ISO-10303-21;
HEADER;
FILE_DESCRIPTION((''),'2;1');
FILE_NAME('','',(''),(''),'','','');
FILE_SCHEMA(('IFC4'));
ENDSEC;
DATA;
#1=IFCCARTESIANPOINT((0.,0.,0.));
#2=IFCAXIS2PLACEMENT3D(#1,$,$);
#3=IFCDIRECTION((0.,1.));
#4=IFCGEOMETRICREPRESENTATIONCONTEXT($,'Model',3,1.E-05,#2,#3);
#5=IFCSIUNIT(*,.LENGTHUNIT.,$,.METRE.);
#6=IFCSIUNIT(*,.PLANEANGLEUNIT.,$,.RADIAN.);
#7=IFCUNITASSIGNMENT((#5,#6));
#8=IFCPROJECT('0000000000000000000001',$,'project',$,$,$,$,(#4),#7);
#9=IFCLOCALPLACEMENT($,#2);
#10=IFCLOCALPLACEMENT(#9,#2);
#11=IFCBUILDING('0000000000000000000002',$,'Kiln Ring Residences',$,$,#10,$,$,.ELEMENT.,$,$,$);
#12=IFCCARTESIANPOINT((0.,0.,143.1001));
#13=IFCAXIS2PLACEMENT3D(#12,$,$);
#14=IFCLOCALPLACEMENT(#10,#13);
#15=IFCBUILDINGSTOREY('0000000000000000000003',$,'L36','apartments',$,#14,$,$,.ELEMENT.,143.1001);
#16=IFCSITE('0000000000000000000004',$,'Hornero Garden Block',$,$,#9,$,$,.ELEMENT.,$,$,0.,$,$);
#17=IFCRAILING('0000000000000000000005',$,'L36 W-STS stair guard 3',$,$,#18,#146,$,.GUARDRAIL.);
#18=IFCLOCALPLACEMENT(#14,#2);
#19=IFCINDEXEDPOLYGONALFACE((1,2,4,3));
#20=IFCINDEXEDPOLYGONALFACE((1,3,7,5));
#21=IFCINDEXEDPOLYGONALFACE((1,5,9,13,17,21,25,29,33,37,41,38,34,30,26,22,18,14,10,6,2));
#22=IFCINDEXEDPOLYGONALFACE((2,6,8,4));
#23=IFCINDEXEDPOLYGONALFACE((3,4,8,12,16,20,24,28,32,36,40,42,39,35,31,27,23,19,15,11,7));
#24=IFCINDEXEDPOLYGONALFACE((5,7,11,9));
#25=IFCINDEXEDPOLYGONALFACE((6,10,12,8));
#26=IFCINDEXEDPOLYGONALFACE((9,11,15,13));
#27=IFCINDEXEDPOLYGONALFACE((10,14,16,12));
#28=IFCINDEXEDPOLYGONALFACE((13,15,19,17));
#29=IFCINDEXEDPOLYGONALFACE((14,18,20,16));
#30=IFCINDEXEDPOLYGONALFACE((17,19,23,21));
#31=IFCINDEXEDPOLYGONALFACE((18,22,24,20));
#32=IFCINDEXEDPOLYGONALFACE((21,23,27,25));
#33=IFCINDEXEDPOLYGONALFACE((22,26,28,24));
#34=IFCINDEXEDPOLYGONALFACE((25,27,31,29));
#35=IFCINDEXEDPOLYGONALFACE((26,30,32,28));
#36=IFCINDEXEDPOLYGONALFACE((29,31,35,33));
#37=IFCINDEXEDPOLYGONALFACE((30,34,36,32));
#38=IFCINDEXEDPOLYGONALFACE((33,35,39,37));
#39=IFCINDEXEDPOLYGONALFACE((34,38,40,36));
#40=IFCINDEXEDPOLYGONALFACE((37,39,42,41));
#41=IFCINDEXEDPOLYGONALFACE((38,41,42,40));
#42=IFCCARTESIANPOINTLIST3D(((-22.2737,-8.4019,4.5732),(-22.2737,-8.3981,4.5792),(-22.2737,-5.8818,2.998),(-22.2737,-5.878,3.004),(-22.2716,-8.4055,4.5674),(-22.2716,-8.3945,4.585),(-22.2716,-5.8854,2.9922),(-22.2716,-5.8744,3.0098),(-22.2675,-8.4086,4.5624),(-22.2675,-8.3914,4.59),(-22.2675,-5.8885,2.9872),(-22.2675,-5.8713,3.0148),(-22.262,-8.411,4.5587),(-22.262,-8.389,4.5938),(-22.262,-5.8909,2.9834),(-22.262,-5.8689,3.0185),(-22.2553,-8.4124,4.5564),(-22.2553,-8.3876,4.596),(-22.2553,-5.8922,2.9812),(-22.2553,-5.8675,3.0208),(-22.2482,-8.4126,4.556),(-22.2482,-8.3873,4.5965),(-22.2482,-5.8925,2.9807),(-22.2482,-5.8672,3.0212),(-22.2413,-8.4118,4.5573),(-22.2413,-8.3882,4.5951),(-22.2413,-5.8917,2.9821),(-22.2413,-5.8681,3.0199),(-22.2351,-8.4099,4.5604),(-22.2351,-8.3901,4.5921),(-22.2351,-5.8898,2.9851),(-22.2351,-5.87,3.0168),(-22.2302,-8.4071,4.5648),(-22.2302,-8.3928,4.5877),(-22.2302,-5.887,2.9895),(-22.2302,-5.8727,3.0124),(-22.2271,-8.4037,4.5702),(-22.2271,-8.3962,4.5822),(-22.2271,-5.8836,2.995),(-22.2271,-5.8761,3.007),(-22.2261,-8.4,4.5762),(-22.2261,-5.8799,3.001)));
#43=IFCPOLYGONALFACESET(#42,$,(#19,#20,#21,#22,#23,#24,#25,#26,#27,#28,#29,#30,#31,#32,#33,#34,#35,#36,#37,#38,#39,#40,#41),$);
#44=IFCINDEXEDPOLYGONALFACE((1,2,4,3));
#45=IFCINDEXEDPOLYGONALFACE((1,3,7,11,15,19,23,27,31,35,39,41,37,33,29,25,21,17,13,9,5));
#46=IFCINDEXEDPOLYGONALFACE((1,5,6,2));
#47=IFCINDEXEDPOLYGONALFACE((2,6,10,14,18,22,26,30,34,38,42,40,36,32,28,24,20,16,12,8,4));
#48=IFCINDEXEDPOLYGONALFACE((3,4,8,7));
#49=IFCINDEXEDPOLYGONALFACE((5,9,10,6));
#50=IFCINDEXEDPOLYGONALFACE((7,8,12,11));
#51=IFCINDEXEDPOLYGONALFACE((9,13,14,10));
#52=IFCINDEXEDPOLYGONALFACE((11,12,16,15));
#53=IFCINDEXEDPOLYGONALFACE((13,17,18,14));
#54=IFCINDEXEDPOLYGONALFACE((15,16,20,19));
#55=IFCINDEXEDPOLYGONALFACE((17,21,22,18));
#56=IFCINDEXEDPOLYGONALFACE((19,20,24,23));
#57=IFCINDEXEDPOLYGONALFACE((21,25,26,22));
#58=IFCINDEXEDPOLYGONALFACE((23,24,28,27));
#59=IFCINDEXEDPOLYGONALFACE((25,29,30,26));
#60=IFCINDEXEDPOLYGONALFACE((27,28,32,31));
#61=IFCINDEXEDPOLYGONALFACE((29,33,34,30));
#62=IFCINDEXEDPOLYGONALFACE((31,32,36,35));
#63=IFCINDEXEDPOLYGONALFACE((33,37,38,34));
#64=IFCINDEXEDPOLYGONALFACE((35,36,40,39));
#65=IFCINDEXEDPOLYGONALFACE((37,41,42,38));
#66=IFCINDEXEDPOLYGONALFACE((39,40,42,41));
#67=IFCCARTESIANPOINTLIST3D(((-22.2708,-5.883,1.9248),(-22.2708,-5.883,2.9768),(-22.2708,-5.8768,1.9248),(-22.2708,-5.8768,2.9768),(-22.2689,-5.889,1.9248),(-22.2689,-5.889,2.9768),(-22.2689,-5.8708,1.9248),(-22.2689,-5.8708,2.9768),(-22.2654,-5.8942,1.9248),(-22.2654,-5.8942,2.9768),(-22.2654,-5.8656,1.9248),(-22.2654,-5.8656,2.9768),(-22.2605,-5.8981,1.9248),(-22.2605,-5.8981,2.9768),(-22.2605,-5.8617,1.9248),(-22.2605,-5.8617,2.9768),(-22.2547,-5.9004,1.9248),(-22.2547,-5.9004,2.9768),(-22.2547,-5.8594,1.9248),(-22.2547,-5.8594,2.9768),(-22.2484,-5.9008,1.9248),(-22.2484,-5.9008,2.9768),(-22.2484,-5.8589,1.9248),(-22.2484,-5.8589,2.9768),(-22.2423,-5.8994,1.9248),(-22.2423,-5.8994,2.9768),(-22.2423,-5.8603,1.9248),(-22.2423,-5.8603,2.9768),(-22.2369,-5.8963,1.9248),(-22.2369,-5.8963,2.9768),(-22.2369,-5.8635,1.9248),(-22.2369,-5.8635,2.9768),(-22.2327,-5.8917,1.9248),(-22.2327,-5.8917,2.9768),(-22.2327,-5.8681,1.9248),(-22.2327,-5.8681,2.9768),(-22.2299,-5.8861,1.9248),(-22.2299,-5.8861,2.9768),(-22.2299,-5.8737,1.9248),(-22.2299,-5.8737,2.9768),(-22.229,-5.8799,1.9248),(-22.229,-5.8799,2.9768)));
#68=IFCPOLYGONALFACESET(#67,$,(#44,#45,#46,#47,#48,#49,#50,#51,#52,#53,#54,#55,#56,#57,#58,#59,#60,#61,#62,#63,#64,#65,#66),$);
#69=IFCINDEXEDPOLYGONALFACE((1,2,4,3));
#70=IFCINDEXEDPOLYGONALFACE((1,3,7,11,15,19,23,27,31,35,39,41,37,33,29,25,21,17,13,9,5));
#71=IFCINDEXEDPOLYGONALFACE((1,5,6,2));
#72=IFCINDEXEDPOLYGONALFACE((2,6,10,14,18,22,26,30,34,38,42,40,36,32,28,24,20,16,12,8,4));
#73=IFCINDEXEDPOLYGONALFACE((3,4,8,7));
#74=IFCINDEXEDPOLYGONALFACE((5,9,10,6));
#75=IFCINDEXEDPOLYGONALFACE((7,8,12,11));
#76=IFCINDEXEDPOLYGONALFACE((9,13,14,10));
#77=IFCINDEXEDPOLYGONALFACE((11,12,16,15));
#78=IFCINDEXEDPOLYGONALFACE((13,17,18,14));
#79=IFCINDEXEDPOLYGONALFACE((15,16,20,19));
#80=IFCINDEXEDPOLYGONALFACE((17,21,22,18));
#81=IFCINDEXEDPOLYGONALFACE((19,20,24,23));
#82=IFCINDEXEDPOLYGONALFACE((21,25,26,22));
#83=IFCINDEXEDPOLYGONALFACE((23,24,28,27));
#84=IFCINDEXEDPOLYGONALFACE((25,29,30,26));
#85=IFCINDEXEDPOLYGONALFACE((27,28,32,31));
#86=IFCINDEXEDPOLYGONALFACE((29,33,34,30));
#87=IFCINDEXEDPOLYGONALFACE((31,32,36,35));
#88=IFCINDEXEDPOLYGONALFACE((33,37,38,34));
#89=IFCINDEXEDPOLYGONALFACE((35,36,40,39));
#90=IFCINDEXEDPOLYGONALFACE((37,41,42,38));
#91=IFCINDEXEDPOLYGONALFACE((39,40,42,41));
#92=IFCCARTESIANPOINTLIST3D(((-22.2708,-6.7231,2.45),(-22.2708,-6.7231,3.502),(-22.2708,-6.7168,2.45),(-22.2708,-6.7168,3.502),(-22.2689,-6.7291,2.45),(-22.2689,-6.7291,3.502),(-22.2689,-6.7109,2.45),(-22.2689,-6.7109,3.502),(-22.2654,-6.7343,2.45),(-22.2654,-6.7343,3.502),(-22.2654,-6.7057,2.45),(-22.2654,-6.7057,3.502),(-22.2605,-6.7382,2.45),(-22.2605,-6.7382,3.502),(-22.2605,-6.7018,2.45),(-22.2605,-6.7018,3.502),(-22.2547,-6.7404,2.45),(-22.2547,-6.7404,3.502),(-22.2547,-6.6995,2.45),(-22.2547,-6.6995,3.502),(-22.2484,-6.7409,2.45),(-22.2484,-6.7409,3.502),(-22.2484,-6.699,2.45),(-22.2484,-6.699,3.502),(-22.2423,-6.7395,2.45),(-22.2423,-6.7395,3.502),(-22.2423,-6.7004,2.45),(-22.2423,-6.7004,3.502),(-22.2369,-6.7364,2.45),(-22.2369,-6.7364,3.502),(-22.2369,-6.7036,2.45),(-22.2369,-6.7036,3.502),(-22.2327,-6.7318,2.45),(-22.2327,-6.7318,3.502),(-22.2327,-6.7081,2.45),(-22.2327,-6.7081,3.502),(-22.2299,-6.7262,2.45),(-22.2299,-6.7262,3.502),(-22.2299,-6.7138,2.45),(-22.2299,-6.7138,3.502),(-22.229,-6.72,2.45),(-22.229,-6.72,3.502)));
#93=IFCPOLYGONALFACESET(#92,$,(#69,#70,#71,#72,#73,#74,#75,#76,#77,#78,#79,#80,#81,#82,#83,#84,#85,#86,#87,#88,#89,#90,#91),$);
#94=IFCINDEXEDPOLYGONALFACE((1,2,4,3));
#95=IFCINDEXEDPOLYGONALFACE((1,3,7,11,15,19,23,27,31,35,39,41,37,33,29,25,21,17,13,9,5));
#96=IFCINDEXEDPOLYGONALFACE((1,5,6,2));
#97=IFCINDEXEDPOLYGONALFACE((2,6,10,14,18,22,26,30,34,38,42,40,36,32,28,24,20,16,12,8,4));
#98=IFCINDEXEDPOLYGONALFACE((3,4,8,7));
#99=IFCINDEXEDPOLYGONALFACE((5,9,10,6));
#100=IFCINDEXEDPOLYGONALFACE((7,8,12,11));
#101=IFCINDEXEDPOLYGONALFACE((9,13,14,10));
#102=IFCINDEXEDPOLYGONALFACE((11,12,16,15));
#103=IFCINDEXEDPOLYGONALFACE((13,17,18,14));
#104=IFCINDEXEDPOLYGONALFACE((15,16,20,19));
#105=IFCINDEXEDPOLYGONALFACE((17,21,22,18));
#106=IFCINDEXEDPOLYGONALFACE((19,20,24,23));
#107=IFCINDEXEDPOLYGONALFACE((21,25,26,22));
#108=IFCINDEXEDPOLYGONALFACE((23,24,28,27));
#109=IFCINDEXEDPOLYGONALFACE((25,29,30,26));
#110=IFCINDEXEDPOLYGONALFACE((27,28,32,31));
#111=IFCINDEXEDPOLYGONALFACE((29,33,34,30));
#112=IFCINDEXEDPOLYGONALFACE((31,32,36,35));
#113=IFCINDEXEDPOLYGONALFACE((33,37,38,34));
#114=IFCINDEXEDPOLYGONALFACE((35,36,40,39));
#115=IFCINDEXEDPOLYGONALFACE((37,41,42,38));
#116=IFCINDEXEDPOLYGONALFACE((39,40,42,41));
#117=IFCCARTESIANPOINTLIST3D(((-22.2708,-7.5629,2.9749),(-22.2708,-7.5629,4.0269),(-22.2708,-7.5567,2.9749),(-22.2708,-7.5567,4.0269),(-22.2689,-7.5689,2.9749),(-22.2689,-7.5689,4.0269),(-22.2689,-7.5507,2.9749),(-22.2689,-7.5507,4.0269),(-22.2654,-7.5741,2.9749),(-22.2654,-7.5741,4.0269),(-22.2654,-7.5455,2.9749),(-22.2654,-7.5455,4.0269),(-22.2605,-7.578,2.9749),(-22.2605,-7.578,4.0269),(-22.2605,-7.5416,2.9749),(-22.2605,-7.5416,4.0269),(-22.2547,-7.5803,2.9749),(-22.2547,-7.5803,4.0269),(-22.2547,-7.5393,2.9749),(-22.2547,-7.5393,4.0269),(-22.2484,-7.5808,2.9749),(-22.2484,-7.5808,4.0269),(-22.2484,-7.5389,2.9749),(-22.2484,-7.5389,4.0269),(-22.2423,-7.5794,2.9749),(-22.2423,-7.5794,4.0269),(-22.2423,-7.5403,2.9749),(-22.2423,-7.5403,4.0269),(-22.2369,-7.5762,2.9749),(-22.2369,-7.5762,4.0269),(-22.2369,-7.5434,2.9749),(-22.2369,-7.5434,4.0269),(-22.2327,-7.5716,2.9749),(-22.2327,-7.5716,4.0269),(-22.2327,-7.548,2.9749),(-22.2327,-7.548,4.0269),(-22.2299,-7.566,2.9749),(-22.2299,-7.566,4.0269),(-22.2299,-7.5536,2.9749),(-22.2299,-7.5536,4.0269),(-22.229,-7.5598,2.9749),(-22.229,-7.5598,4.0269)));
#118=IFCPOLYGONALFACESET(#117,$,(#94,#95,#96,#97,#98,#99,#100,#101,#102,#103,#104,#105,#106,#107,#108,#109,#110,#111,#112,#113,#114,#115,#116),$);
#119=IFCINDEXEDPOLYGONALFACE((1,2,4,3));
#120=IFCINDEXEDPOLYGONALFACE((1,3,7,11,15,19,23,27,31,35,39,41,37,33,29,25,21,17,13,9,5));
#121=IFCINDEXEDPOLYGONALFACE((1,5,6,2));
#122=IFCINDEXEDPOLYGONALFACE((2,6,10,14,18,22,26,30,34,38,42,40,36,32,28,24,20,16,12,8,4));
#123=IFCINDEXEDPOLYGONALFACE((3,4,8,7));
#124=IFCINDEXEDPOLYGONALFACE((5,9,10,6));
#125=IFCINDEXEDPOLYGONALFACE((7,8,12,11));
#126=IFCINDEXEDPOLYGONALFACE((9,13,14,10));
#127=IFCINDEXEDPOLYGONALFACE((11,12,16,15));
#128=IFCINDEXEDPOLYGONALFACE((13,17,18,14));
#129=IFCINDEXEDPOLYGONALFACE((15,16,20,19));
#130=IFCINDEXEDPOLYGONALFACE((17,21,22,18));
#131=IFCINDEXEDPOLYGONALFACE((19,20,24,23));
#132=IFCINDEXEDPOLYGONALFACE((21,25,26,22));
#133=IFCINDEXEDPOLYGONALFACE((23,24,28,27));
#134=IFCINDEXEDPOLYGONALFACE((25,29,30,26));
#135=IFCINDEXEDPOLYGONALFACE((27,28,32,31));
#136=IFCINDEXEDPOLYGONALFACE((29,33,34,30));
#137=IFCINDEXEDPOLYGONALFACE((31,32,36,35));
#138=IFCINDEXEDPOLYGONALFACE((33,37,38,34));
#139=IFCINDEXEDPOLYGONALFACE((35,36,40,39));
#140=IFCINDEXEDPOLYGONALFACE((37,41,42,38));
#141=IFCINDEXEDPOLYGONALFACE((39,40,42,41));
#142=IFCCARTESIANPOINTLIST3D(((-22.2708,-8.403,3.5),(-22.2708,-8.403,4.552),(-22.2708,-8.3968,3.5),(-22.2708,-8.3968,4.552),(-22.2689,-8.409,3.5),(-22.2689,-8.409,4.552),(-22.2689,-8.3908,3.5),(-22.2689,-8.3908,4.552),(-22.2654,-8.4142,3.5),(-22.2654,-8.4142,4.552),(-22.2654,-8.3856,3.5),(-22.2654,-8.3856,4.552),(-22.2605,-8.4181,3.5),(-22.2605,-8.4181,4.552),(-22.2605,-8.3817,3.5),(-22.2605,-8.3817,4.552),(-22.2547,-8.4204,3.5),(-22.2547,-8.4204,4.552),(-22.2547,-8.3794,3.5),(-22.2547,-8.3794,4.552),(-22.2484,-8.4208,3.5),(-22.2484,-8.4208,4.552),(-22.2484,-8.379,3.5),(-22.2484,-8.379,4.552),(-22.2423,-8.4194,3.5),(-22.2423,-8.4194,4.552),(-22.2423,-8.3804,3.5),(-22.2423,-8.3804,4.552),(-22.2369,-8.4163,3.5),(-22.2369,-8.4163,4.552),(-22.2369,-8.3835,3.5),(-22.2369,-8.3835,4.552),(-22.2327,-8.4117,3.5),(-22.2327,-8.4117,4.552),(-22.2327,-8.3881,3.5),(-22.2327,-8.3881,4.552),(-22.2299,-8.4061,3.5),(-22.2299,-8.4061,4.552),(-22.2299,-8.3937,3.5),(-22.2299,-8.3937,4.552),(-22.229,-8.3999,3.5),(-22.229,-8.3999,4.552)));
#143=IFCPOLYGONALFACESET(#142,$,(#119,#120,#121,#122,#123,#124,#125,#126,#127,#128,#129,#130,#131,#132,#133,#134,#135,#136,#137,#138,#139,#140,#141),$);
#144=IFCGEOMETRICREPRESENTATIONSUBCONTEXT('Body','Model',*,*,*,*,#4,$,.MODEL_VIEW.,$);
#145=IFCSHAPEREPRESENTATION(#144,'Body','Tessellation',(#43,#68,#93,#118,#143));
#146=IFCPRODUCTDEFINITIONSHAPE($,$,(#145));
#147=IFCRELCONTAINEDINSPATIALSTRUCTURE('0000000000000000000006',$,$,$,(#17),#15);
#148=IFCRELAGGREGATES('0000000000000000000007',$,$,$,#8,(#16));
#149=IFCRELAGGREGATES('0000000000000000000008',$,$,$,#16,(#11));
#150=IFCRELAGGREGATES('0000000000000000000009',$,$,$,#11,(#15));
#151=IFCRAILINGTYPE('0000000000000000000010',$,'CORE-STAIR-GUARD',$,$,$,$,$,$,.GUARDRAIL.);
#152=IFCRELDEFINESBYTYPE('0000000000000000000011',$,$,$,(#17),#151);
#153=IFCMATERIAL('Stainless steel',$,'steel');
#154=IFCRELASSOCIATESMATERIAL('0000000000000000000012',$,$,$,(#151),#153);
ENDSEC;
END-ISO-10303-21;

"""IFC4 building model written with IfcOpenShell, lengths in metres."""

from ifc_helpers import new_model, si_unit, direction, frame, origin, origin_2d, place, context, subcontext, project, spatial, circle, extrude, material, type_object, element, save


model = new_model("IFC4")

# Units and contexts
model_context = context("Model", 3, precision=1e-05, world=origin(), true_north=direction((0.0, 1.0)))
body_context = subcontext(model_context, "Body", "Model", "MODEL_VIEW")
ifc_project = project(units=[si_unit("LENGTHUNIT", "METRE"), si_unit("PLANEANGLEUNIT", "RADIAN")], contexts=[model_context])

# Site, building, storey
site_placement = place(None, origin())
site = spatial("IfcSite", under=ifc_project, at=site_placement, Name="Hornero Garden Block", CompositionType="ELEMENT", RefElevation=0.0)
building_placement = place(site_placement, origin())
building = spatial("IfcBuilding", under=site, at=building_placement, Name="Kiln Ring Residences", CompositionType="ELEMENT")
storey_placement = place(building_placement, frame((0.0, 0.0, 143.1001)))
storey = spatial("IfcBuildingStorey", under=building, at=storey_placement, Name="L36", Description="apartments", CompositionType="ELEMENT", Elevation=143.1001)

# Railing
ifc_material_1 = material(Name="Stainless steel", Category="steel")
railing_type_1 = type_object("IfcRailingType", Name="CORE-STAIR-GUARD", PredefinedType="GUARDRAIL", material=ifc_material_1)
railing_1_placement = place(storey_placement, frame((-22.25, -5.8799, 1.9248)))
element("IfcRailing", 1, at=railing_1_placement, inside=storey, type_object=railing_type_1, Name="L36 W-STS stair guard 3", PredefinedType="GUARDRAIL", context=body_context, shape_type="SweptSolid", body=[
    extrude(circle(Radius=0.0239, at=origin_2d()), frame((0.0, 0.0, 1.0762), z_axis=(0.0, -0.847971, 0.530043), x_axis=(1.0, 0.0, 0.0)), (0.0, 0.0, 1.0), 2.9719),
    extrude(circle(Radius=0.021, at=origin_2d()), origin(), (0.0, 0.0, 1.0), 1.052),
    extrude(circle(Radius=0.021, at=origin_2d()), frame((0.0, -0.8401, 0.5251)), (0.0, 0.0, 1.0), 1.052),
    extrude(circle(Radius=0.021, at=origin_2d()), frame((0.0, -1.6799, 1.05)), (0.0, 0.0, 1.0), 1.052),
    extrude(circle(Radius=0.021, at=origin_2d()), frame((0.0, -2.52, 1.5752)), (0.0, 0.0, 1.0), 1.052),
])

save(model, "model.ifc")
